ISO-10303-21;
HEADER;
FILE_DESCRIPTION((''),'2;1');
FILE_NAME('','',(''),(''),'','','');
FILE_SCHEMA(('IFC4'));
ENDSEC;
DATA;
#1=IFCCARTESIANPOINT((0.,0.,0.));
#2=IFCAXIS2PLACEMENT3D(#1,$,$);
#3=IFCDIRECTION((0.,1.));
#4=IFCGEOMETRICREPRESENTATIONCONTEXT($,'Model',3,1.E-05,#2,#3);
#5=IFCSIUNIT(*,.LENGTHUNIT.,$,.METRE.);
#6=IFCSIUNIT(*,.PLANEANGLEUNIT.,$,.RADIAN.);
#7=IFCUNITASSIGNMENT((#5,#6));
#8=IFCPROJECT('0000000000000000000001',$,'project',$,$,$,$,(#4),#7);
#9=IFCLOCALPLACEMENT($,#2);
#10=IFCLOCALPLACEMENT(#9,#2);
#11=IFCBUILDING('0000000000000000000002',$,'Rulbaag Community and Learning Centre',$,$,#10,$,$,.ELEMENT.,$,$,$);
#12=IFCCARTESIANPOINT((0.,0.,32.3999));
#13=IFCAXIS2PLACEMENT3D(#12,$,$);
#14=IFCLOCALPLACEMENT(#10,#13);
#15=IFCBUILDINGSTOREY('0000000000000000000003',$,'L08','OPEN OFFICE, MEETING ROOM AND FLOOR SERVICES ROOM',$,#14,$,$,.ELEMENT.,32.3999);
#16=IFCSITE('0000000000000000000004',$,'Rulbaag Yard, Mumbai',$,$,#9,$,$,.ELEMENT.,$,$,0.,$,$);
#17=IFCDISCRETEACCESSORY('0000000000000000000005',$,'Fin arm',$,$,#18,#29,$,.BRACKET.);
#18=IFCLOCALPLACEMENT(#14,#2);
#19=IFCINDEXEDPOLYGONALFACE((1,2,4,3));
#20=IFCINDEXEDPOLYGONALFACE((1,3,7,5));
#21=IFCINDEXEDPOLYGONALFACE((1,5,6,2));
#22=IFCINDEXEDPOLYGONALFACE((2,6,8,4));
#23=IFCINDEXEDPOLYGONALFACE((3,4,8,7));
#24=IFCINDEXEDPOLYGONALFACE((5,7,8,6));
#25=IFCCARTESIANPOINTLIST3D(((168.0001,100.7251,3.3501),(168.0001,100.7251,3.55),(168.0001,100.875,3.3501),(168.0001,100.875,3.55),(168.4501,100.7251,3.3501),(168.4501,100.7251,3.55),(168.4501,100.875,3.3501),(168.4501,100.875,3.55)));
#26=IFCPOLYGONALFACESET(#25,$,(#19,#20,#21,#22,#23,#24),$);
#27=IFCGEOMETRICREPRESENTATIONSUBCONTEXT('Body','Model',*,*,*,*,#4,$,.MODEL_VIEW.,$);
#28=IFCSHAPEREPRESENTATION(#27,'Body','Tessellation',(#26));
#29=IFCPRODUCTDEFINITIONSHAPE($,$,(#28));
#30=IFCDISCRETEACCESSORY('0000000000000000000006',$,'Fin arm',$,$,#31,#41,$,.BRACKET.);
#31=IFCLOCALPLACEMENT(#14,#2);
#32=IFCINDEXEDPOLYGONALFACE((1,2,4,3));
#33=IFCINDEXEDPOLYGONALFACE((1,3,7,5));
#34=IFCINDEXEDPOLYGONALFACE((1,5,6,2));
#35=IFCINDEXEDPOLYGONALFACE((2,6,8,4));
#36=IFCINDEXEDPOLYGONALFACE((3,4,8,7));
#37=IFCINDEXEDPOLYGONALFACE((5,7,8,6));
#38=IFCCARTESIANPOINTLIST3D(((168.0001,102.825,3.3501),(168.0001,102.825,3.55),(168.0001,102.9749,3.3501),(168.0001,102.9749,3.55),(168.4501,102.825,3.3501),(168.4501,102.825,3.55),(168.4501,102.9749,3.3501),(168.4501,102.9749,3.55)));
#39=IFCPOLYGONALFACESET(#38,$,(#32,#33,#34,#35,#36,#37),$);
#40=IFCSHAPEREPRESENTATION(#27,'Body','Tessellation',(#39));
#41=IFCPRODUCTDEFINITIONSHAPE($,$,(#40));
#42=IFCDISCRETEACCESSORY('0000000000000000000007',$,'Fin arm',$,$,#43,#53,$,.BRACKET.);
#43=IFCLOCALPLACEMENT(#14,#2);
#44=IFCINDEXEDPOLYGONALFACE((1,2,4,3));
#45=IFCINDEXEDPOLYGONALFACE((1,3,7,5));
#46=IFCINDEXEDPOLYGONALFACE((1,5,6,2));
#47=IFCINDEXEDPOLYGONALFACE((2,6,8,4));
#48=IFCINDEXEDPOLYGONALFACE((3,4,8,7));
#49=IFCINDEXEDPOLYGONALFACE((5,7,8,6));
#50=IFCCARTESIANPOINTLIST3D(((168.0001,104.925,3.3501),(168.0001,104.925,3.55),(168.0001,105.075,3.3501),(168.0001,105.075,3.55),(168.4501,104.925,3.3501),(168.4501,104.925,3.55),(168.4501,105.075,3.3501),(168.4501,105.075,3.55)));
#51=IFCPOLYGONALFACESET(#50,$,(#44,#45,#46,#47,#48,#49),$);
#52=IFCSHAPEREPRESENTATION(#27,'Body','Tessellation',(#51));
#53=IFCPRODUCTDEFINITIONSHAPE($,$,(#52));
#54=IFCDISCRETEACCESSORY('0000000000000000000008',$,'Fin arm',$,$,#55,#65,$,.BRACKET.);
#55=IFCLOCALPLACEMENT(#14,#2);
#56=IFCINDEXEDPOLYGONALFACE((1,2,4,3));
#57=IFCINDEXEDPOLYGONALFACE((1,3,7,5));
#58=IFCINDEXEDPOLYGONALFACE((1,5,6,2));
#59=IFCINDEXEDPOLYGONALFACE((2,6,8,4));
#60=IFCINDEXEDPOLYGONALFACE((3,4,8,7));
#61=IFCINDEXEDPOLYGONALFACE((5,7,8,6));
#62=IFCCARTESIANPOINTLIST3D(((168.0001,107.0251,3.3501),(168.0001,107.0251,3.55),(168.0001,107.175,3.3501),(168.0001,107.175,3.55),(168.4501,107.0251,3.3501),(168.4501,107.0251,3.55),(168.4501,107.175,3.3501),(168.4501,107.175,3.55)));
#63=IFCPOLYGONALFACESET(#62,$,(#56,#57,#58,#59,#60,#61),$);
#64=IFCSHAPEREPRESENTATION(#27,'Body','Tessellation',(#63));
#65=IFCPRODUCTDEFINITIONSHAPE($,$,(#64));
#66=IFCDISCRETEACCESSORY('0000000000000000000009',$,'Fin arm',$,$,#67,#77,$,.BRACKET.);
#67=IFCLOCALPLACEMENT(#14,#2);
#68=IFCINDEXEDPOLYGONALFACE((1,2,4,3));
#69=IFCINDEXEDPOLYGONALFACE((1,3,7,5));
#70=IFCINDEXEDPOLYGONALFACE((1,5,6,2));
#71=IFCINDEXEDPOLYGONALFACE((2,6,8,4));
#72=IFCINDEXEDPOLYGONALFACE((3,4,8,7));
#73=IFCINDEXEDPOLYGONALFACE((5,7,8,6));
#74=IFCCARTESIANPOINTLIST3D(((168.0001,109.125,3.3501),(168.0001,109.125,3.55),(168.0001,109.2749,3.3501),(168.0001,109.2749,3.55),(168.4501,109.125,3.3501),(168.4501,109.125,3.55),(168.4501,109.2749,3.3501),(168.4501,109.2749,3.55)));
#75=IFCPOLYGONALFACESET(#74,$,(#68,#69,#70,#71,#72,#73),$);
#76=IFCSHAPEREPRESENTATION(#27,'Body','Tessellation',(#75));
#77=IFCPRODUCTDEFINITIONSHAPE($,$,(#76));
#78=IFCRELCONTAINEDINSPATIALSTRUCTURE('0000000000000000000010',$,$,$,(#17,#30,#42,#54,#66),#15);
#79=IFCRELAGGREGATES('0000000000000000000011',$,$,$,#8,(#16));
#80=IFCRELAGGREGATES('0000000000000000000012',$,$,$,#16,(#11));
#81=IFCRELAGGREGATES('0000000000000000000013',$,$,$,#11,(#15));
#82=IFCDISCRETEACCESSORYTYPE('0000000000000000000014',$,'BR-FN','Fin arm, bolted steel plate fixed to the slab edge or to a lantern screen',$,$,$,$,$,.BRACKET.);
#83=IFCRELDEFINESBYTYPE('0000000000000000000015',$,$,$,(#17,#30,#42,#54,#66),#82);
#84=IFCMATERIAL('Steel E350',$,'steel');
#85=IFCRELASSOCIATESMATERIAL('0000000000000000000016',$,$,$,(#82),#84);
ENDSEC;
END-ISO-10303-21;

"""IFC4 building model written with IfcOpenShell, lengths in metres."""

from ifc_helpers import new_model, si_unit, direction, frame, origin, origin_2d, place, context, subcontext, project, spatial, rectangle, extrude, material, type_object, element, save


model = new_model("IFC4")

# Units and contexts
model_context = context("Model", 3, precision=1e-05, world=origin(), true_north=direction((0.0, 1.0)))
body_context = subcontext(model_context, "Body", "Model", "MODEL_VIEW")
ifc_project = project(units=[si_unit("LENGTHUNIT", "METRE"), si_unit("PLANEANGLEUNIT", "RADIAN")], contexts=[model_context])

# Site, building, storey
site_placement = place(None, origin())
site = spatial("IfcSite", under=ifc_project, at=site_placement, Name="Rulbaag Yard, Mumbai", CompositionType="ELEMENT", RefElevation=0.0)
building_placement = place(site_placement, origin())
building = spatial("IfcBuilding", under=site, at=building_placement, Name="Rulbaag Community and Learning Centre", CompositionType="ELEMENT")
storey_placement = place(building_placement, frame((0.0, 0.0, 32.3999)))
storey = spatial("IfcBuildingStorey", under=building, at=storey_placement, Name="L08", Description="OPEN OFFICE, MEETING ROOM AND FLOOR SERVICES ROOM", CompositionType="ELEMENT", Elevation=32.3999)

# Discrete accessories
ifc_material_1 = material(Name="Steel E350", Category="steel")
discrete_accessory_type = type_object("IfcDiscreteAccessoryType", Name="BR-FN", Description="Fin arm, bolted steel plate fixed to the slab edge or to a lantern screen", PredefinedType="BRACKET", material=ifc_material_1)
for number, where, z_axis, x_axis, name in (
    (1, (168.2251, 100.8, 3.3501), (0.0, 0.0, 1.0), (1.0, 0.0, 0.0), "Fin arm"),
    (2, (168.2251, 102.8999, 3.3501), (0.0, 0.0, 1.0), (1.0, 0.0, 0.0), "Fin arm"),
    (3, (168.2251, 105.0, 3.3501), (0.0, 0.0, 1.0), (1.0, 0.0, 0.0), "Fin arm"),
    (4, (168.2251, 107.1001, 3.3501), (0.0, 0.0, 1.0), (1.0, 0.0, 0.0), "Fin arm"),
    (5, (168.2251, 109.2, 3.3501), (0.0, 0.0, 1.0), (1.0, 0.0, 0.0), "Fin arm"),
):
    element("IfcDiscreteAccessory", number, at=place(storey_placement, frame(where, z_axis=z_axis, x_axis=x_axis)), inside=storey, type_object=discrete_accessory_type, Name=name, PredefinedType="BRACKET", context=body_context, shape_type="SweptSolid", body=[
        extrude(rectangle(XDim=0.45, YDim=0.1499, at=origin_2d()), origin(), (0.0, 0.0, 1.0), 0.2),
    ])

save(model, "model.ifc")
